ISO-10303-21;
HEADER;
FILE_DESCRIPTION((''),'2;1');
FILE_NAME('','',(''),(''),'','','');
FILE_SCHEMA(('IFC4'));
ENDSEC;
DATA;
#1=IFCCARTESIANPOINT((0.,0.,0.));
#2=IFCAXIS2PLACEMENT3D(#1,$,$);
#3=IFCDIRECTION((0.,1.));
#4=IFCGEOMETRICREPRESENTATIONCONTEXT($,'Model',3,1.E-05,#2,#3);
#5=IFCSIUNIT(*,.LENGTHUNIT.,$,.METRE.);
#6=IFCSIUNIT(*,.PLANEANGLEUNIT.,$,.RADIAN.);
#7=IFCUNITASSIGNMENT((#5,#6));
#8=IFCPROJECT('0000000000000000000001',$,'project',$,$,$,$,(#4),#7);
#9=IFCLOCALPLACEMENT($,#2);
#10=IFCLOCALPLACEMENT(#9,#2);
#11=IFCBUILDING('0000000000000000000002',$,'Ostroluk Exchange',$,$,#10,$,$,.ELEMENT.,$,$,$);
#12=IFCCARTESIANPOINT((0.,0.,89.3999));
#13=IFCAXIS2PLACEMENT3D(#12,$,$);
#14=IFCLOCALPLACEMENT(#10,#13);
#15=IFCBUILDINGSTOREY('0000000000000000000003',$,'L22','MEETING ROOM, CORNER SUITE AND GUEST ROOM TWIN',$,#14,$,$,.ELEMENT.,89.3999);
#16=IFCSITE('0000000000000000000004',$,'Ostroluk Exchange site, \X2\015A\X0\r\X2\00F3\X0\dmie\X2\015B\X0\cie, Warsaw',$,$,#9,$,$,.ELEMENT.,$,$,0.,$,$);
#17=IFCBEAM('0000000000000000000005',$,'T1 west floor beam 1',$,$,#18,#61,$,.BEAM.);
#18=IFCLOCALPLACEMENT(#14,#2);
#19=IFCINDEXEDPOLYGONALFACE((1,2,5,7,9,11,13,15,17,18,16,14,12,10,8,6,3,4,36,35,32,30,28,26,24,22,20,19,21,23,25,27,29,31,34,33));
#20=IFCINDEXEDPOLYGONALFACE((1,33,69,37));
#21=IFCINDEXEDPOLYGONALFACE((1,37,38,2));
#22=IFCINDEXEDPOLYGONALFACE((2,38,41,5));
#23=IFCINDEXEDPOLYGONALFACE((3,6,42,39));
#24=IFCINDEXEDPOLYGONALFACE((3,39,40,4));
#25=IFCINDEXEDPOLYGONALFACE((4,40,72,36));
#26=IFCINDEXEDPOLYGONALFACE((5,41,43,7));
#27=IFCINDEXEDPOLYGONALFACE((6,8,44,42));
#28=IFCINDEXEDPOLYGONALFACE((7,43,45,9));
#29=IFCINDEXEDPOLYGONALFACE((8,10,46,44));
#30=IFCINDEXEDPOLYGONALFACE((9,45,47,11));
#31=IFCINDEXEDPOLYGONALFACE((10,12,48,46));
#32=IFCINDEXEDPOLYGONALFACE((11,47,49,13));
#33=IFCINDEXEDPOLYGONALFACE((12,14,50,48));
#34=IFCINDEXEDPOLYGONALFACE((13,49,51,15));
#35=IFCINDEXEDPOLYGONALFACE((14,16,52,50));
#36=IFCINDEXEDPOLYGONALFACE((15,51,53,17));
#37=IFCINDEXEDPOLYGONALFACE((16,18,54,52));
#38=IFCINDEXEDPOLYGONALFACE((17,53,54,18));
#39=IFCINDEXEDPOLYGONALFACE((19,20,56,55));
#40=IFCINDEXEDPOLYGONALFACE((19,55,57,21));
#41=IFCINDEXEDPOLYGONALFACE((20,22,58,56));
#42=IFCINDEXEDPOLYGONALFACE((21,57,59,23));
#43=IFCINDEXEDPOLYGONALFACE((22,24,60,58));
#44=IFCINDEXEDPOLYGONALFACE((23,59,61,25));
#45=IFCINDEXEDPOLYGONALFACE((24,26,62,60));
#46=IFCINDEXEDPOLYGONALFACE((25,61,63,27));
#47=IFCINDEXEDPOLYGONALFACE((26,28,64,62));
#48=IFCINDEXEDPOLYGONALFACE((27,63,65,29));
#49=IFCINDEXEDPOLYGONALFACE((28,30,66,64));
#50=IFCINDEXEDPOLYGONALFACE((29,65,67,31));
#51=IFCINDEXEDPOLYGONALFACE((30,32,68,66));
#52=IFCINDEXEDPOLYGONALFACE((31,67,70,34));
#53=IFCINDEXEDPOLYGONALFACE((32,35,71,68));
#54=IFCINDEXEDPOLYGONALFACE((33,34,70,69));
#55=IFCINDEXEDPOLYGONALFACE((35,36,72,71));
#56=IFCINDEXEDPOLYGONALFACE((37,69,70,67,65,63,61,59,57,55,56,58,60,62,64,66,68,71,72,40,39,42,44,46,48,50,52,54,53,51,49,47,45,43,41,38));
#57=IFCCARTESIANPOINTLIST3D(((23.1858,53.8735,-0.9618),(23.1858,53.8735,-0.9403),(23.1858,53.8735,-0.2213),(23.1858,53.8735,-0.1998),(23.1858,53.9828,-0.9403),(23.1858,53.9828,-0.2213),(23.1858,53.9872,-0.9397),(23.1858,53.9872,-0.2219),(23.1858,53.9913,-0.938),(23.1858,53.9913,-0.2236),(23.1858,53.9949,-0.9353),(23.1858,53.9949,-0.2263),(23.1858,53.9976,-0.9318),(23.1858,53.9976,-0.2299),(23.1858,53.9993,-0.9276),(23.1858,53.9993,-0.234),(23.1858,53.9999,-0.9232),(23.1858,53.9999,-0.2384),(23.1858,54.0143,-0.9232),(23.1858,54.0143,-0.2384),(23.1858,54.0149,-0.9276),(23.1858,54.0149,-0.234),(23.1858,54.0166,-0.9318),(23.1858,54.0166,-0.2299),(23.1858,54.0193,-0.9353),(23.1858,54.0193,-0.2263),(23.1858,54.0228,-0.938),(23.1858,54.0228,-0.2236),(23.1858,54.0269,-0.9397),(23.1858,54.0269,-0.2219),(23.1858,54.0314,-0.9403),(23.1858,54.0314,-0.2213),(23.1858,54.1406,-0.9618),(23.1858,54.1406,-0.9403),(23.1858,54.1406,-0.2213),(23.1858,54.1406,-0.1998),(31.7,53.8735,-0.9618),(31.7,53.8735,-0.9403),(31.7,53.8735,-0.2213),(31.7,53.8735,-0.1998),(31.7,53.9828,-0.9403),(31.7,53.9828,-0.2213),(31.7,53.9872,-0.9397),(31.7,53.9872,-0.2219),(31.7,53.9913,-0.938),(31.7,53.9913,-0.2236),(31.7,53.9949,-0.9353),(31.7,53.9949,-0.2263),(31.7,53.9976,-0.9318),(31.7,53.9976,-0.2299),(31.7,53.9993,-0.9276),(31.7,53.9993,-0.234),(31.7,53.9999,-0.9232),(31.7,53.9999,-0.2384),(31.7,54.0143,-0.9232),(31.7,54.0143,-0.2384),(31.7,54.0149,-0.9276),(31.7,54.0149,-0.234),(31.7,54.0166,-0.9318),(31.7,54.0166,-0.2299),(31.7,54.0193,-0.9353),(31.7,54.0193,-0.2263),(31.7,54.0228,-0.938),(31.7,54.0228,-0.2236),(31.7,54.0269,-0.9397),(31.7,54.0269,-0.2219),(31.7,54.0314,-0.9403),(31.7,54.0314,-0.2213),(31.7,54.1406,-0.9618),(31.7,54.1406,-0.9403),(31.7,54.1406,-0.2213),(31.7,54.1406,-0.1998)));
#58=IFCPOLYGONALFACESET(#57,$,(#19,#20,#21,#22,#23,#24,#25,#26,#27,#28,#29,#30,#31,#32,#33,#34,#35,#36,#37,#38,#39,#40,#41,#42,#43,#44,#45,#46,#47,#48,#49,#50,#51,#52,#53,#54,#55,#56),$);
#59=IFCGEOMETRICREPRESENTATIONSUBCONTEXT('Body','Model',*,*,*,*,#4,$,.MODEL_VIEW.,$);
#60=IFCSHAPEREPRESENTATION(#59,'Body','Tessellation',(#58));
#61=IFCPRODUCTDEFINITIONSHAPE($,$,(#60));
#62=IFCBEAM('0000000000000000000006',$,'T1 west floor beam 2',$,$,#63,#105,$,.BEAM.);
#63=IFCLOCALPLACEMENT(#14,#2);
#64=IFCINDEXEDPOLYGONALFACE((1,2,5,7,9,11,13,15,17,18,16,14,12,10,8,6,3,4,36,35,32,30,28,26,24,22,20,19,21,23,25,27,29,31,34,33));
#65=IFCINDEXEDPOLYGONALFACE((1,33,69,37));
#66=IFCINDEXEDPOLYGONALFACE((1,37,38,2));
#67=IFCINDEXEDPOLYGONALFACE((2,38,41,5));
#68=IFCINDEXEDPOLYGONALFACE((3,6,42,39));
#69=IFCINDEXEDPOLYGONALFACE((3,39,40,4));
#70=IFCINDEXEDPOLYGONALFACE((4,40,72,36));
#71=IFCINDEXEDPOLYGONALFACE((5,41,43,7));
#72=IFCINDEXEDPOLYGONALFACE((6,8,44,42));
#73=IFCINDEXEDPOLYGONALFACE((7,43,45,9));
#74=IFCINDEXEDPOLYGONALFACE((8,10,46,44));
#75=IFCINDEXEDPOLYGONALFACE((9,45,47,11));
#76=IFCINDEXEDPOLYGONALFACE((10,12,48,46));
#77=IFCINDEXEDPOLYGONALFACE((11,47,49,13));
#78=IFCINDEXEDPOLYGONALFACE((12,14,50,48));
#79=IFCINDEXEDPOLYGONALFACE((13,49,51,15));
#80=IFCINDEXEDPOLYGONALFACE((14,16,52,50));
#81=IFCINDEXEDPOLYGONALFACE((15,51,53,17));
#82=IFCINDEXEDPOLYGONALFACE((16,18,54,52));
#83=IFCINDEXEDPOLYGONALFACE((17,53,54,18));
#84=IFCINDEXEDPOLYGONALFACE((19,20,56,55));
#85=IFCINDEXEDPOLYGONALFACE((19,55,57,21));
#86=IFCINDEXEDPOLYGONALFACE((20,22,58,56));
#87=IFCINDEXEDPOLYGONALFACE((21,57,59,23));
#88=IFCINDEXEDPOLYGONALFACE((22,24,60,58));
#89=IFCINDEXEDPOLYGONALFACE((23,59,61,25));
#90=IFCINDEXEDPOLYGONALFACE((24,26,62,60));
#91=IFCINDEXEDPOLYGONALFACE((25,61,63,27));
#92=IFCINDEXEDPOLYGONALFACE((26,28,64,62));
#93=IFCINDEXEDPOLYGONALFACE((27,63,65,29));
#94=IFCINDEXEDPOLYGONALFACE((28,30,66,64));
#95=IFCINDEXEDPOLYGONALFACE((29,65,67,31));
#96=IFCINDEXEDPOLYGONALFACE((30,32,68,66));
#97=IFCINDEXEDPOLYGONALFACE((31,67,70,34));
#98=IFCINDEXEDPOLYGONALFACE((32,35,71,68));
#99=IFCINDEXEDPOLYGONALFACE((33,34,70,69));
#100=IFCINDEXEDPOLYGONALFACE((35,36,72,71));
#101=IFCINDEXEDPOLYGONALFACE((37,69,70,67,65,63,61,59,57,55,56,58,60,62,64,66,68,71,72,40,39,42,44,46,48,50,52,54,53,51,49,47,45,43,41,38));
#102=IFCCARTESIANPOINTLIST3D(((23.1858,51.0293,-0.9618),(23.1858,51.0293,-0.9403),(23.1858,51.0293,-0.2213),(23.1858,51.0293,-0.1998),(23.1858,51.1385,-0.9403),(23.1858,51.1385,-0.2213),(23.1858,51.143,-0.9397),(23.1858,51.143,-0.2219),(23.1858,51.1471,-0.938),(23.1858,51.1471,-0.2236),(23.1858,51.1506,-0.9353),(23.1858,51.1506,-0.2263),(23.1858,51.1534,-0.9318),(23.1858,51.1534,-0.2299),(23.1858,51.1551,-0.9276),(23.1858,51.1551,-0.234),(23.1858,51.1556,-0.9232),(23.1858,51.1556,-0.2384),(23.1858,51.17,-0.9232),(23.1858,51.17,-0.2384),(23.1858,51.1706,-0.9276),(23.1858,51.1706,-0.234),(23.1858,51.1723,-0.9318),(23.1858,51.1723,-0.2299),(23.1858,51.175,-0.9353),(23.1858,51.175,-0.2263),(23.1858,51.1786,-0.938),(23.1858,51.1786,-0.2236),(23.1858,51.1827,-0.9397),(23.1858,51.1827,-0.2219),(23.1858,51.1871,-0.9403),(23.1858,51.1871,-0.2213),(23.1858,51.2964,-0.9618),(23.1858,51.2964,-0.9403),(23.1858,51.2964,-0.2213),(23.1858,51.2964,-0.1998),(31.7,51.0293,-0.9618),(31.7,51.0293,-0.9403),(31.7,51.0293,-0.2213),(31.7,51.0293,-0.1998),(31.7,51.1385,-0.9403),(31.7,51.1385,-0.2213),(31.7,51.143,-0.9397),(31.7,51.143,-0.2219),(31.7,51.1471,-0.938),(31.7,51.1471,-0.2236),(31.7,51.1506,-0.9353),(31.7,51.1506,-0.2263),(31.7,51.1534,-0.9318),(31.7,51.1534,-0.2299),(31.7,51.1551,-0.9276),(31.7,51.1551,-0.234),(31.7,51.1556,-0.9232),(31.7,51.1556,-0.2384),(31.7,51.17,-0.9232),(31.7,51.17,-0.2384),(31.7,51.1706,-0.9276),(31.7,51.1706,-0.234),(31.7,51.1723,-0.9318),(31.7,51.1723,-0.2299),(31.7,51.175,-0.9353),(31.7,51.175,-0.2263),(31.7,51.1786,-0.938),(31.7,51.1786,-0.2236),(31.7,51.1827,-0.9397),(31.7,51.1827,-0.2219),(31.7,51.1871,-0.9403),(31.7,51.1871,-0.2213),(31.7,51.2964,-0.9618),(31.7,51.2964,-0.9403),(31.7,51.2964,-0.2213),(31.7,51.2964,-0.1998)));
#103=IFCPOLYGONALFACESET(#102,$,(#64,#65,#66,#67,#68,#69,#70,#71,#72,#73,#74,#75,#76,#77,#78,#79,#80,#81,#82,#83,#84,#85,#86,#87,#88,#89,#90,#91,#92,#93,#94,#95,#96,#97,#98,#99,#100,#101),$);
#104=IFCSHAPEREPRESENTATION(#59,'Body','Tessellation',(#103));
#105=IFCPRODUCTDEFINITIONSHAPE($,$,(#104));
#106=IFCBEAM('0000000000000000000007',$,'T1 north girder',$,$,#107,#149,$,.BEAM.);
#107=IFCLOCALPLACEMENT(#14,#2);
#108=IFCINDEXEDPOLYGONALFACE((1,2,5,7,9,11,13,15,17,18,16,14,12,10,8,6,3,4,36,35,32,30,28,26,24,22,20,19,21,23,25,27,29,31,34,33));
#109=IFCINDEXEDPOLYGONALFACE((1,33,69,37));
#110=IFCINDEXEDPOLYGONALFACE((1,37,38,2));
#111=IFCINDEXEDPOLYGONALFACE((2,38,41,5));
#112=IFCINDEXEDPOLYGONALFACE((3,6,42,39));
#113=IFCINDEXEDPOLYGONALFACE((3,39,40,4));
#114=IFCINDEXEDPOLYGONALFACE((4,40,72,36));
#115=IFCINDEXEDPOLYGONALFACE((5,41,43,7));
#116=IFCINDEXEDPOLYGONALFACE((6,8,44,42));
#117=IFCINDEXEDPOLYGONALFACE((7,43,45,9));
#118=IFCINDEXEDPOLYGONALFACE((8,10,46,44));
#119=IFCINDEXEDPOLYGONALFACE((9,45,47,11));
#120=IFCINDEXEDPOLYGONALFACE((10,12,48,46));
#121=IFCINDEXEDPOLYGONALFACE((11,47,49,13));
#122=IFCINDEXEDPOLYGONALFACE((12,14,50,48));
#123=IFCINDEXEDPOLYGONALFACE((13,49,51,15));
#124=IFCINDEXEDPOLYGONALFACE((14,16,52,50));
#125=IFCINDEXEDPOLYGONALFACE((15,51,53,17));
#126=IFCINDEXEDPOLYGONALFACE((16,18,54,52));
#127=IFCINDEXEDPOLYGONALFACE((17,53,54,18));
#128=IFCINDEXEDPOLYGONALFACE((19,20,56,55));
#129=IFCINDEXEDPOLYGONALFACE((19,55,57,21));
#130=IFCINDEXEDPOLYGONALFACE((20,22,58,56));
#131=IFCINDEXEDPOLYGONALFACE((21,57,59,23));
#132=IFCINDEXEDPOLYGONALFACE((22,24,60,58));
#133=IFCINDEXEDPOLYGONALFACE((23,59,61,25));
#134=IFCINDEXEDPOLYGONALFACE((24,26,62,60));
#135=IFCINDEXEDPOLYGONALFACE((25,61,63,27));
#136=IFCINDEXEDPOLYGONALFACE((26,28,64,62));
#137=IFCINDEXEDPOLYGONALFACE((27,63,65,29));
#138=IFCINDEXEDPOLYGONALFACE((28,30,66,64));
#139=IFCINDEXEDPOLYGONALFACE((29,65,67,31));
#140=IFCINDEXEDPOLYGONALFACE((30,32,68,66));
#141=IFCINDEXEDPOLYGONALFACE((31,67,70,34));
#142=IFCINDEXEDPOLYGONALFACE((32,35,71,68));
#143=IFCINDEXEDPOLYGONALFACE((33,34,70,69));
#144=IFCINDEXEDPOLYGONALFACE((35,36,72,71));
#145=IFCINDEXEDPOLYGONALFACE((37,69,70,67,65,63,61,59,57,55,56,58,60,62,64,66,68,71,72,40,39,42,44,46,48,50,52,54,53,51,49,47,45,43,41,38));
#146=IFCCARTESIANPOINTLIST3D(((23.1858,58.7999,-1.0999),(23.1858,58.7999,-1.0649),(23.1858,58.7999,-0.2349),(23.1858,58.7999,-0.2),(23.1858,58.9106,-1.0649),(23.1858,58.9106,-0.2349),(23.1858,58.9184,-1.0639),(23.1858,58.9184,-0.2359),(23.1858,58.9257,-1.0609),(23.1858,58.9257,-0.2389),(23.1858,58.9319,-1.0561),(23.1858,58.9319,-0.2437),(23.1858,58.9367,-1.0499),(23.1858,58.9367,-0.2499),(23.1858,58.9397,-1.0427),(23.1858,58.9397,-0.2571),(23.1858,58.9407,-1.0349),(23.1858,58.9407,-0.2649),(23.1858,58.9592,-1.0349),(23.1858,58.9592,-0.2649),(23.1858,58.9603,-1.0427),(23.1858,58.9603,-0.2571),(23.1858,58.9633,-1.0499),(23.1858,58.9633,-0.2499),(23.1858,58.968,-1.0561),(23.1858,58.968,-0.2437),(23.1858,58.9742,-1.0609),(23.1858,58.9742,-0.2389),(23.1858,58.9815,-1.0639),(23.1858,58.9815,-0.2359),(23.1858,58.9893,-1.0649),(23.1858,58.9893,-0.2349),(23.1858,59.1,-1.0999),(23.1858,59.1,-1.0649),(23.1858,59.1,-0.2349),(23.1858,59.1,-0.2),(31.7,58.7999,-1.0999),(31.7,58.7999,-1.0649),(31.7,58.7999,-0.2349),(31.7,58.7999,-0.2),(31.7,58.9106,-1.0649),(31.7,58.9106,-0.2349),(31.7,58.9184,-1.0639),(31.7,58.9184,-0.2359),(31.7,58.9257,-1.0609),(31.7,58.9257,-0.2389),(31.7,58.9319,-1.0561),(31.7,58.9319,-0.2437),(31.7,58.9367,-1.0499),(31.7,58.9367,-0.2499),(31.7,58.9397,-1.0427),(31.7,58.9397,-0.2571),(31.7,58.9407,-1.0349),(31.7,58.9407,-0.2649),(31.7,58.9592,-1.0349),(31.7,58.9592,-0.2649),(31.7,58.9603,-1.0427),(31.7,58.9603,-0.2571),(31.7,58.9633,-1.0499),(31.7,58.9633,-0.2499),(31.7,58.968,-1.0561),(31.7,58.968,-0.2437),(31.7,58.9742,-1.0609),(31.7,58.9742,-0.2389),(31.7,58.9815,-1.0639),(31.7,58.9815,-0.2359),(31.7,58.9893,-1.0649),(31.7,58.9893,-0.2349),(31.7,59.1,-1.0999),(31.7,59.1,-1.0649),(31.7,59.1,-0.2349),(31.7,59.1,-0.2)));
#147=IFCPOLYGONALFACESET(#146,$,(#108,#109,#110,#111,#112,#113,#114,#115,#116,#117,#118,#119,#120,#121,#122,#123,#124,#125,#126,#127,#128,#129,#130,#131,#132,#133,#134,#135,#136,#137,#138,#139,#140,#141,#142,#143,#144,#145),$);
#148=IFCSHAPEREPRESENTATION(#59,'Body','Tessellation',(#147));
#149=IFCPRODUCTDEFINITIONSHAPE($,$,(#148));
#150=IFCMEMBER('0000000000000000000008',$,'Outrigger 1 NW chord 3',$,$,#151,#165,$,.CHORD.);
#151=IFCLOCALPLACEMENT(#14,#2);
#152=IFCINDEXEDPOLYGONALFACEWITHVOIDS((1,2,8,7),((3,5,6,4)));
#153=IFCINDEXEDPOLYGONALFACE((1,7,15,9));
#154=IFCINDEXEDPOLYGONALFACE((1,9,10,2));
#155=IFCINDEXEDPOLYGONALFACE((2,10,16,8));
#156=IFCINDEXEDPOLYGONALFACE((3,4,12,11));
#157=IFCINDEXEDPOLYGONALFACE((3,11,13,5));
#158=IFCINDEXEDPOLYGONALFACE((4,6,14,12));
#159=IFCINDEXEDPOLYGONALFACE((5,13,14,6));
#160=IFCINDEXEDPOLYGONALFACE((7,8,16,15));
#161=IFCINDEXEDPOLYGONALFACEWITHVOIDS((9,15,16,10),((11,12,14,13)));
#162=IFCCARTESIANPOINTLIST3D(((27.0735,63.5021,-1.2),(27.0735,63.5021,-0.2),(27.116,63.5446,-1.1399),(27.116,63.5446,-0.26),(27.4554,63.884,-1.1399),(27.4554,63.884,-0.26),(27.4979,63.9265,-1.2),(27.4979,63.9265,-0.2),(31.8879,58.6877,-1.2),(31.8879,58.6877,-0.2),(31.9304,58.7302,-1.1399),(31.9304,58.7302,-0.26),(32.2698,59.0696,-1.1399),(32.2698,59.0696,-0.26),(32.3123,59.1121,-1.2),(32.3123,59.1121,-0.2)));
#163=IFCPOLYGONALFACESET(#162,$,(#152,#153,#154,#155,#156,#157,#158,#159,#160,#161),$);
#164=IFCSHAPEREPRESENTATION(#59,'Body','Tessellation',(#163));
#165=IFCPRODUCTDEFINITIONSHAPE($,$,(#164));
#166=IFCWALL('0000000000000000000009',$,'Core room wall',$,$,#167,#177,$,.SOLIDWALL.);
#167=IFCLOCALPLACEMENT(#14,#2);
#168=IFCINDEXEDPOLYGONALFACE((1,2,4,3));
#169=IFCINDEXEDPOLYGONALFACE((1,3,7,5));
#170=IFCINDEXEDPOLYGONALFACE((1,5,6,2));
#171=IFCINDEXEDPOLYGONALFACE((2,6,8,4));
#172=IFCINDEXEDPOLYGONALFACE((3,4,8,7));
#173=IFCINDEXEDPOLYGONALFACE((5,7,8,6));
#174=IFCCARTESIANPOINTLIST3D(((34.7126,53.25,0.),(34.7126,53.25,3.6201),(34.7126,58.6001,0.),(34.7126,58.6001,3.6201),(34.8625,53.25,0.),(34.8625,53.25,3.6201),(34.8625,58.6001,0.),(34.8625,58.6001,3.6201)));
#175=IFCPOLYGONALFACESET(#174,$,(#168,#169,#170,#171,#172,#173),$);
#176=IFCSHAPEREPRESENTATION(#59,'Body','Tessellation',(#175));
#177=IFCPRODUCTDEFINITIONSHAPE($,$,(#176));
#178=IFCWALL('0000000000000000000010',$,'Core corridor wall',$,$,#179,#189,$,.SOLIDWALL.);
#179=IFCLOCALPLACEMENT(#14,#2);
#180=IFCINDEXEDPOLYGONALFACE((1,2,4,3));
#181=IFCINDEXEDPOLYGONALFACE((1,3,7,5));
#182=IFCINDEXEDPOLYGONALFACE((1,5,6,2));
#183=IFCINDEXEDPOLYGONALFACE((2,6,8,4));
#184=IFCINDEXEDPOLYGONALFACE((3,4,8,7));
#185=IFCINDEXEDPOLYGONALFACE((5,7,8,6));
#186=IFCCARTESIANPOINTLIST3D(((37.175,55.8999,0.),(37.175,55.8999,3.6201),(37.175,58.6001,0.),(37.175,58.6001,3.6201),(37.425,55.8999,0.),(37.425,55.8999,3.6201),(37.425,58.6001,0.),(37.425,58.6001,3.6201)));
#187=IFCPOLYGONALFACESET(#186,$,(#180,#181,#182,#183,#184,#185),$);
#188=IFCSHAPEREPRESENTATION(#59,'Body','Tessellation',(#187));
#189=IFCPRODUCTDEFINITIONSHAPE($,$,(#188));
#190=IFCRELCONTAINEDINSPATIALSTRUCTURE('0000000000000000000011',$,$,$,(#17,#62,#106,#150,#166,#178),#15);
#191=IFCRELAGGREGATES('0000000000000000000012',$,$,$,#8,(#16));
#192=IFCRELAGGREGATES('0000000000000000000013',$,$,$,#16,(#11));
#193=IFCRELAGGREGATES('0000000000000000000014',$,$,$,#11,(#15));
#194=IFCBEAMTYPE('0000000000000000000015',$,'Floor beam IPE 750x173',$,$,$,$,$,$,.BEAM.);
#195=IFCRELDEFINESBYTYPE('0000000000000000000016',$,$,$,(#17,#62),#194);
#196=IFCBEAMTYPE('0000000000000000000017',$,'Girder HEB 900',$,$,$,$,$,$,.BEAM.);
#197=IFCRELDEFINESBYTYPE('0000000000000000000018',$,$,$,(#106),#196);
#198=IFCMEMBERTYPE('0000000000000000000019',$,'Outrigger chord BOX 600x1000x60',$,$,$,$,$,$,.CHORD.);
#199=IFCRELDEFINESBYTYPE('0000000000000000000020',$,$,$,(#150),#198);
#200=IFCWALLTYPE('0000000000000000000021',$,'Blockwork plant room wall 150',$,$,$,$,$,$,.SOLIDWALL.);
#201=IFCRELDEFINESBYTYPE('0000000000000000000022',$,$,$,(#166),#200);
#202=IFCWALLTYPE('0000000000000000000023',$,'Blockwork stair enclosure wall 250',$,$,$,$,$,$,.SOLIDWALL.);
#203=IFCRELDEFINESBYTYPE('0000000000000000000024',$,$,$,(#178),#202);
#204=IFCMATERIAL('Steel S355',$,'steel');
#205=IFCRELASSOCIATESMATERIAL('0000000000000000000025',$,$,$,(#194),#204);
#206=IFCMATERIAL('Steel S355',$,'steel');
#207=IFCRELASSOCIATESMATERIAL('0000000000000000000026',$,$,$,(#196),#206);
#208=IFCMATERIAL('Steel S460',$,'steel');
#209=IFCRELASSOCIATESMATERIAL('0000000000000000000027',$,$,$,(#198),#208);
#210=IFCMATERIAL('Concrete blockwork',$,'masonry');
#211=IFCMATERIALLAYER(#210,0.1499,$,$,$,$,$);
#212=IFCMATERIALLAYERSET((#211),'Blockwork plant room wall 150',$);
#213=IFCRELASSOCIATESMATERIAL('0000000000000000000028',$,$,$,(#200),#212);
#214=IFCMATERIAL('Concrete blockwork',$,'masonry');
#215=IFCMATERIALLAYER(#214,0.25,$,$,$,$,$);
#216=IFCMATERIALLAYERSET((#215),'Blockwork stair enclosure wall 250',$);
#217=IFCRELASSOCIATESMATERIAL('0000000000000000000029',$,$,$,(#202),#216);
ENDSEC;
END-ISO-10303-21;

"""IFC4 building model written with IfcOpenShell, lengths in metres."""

from ifc_helpers import new_model, si_unit, direction, frame, frame_2d, origin, origin_2d, place, context, subcontext, project, spatial, rectangle, hollow_rectangle, i_section, extrude, material, layer, layer_set, material_profile, profile_set, type_object, element, save


model = new_model("IFC4")

# Units and contexts
model_context = context("Model", 3, precision=1e-05, world=origin(), true_north=direction((0.0, 1.0)))
body_context = subcontext(model_context, "Body", "Model", "MODEL_VIEW")
ifc_project = project(units=[si_unit("LENGTHUNIT", "METRE"), si_unit("PLANEANGLEUNIT", "RADIAN")], contexts=[model_context])

# Site, building, storey
site_placement = place(None, origin())
site = spatial("IfcSite", under=ifc_project, at=site_placement, Name="Ostroluk Exchange site, Śródmieście, Warsaw", CompositionType="ELEMENT", RefElevation=0.0)
building_placement = place(site_placement, origin())
building = spatial("IfcBuilding", under=site, at=building_placement, Name="Ostroluk Exchange", CompositionType="ELEMENT")
storey_placement = place(building_placement, frame((0.0, 0.0, 89.3999)))
storey = spatial("IfcBuildingStorey", under=building, at=storey_placement, Name="L22", Description="MEETING ROOM, CORNER SUITE AND GUEST ROOM TWIN", CompositionType="ELEMENT", Elevation=89.3999)

# Beams
ifc_material_1 = material(Name="Steel S355", Category="steel")
ifc_material_profile_1 = material_profile(ifc_material_1, i_section(OverallWidth=0.2671, OverallDepth=0.762, WebThickness=0.0144, FlangeThickness=0.0215, FilletRadius=0.0171, at=origin_2d()), Name="IPE 750x173")
ifc_profile_set_1 = profile_set([ifc_material_profile_1], Name="Steel S355")
beam_type_1 = type_object("IfcBeamType", Name="Floor beam IPE 750x173", PredefinedType="BEAM", material=ifc_profile_set_1)
for number, where, z_axis, x_axis, name in (
    (1, (31.7, 54.0071, -0.5808), (-1.0, 0.0, 0.0), (0.0, -1.0, 0.0), "T1 west floor beam 1"),
    (2, (31.7, 51.1628, -0.5808), (-1.0, 0.0, 0.0), (0.0, -1.0, 0.0), "T1 west floor beam 2"),
):
    element("IfcBeam", number, at=place(storey_placement, frame(where, z_axis=z_axis, x_axis=x_axis)), inside=storey, type_object=beam_type_1, Name=name, PredefinedType="BEAM", context=body_context, shape_type="SweptSolid", body=[
        extrude(i_section(OverallWidth=0.2671, OverallDepth=0.762, WebThickness=0.0144, FlangeThickness=0.0215, FilletRadius=0.0171, at=origin_2d()), origin(), (0.0, 0.0, 1.0), 8.5142),
    ])
ifc_material_2 = material(Name="Steel S355", Category="steel")
ifc_material_profile_2 = material_profile(ifc_material_2, i_section(OverallWidth=0.3, OverallDepth=0.8999, WebThickness=0.0186, FlangeThickness=0.0349, FilletRadius=0.03, at=origin_2d()), Name="HEB 900")
ifc_profile_set_2 = profile_set([ifc_material_profile_2], Name="Steel S355")
beam_type_2 = type_object("IfcBeamType", Name="Girder HEB 900", PredefinedType="BEAM", material=ifc_profile_set_2)
beam_placement = place(storey_placement, frame((31.7, 58.95, -0.6499), z_axis=(-1.0, 0.0, 0.0), x_axis=(0.0, -1.0, 0.0)))
element("IfcBeam", 3, at=beam_placement, inside=storey, type_object=beam_type_2, Name="T1 north girder", PredefinedType="BEAM", context=body_context, shape_type="SweptSolid", body=[
    extrude(i_section(OverallWidth=0.3, OverallDepth=0.8999, WebThickness=0.0186, FlangeThickness=0.0349, FilletRadius=0.03, at=origin_2d()), origin(), (0.0, 0.0, 1.0), 8.5142),
])

# Member
ifc_material_3 = material(Name="Steel S460", Category="steel")
ifc_material_profile_3 = material_profile(ifc_material_3, hollow_rectangle(XDim=0.6001, YDim=1.0, WallThickness=0.0601, at=origin_2d()), Name="BOX 600x1000x60")
ifc_profile_set_3 = profile_set([ifc_material_profile_3], Name="Steel S460")
member_type = type_object("IfcMemberType", Name="Outrigger chord BOX 600x1000x60", PredefinedType="CHORD", material=ifc_profile_set_3)
member_placement = place(storey_placement, frame((32.1001, 58.8999, -0.7), z_axis=(-0.707107, 0.707107, 0.0), x_axis=(-0.707107, -0.707107, 0.0)))
element("IfcMember", 4, at=member_placement, inside=storey, type_object=member_type, Name="Outrigger 1 NW chord 3", PredefinedType="CHORD", context=body_context, shape_type="SweptSolid", body=[
    extrude(hollow_rectangle(XDim=0.6001, YDim=1.0, WallThickness=0.0601, at=origin_2d()), origin(), (0.0, 0.0, 1.0), 6.8086),
])

# Walls
ifc_material_4 = material(Name="Concrete blockwork", Category="masonry")
ifc_layer_1 = layer(ifc_material_4, 0.1499)
ifc_layer_set_1 = layer_set([ifc_layer_1], Name="Blockwork plant room wall 150")
wall_type_1 = type_object("IfcWallType", Name="Blockwork plant room wall 150", PredefinedType="SOLIDWALL", material=ifc_layer_set_1)
wall_1_placement = place(storey_placement, frame((34.7876, 53.25, 0.0), z_axis=(0.0, 0.0, 1.0), x_axis=(0.0, 1.0, 0.0)))
element("IfcWall", 5, at=wall_1_placement, inside=storey, type_object=wall_type_1, Name="Core room wall", PredefinedType="SOLIDWALL", context=body_context, shape_type="SweptSolid", body=[
    extrude(rectangle(XDim=5.3501, YDim=0.1499, at=frame_2d((2.675, 0.0))), origin(), (0.0, 0.0, 1.0), 3.6201),
])
ifc_material_5 = material(Name="Concrete blockwork", Category="masonry")
ifc_layer_2 = layer(ifc_material_5, 0.25)
ifc_layer_set_2 = layer_set([ifc_layer_2], Name="Blockwork stair enclosure wall 250")
wall_type_2 = type_object("IfcWallType", Name="Blockwork stair enclosure wall 250", PredefinedType="SOLIDWALL", material=ifc_layer_set_2)
wall_2_placement = place(storey_placement, frame((37.3, 55.8999, 0.0), z_axis=(0.0, 0.0, 1.0), x_axis=(0.0, 1.0, 0.0)))
element("IfcWall", 6, at=wall_2_placement, inside=storey, type_object=wall_type_2, Name="Core corridor wall", PredefinedType="SOLIDWALL", context=body_context, shape_type="SweptSolid", body=[
    extrude(rectangle(XDim=2.7002, YDim=0.25, at=frame_2d((1.3501, 0.0))), origin(), (0.0, 0.0, 1.0), 3.6201),
])

save(model, "model.ifc")
